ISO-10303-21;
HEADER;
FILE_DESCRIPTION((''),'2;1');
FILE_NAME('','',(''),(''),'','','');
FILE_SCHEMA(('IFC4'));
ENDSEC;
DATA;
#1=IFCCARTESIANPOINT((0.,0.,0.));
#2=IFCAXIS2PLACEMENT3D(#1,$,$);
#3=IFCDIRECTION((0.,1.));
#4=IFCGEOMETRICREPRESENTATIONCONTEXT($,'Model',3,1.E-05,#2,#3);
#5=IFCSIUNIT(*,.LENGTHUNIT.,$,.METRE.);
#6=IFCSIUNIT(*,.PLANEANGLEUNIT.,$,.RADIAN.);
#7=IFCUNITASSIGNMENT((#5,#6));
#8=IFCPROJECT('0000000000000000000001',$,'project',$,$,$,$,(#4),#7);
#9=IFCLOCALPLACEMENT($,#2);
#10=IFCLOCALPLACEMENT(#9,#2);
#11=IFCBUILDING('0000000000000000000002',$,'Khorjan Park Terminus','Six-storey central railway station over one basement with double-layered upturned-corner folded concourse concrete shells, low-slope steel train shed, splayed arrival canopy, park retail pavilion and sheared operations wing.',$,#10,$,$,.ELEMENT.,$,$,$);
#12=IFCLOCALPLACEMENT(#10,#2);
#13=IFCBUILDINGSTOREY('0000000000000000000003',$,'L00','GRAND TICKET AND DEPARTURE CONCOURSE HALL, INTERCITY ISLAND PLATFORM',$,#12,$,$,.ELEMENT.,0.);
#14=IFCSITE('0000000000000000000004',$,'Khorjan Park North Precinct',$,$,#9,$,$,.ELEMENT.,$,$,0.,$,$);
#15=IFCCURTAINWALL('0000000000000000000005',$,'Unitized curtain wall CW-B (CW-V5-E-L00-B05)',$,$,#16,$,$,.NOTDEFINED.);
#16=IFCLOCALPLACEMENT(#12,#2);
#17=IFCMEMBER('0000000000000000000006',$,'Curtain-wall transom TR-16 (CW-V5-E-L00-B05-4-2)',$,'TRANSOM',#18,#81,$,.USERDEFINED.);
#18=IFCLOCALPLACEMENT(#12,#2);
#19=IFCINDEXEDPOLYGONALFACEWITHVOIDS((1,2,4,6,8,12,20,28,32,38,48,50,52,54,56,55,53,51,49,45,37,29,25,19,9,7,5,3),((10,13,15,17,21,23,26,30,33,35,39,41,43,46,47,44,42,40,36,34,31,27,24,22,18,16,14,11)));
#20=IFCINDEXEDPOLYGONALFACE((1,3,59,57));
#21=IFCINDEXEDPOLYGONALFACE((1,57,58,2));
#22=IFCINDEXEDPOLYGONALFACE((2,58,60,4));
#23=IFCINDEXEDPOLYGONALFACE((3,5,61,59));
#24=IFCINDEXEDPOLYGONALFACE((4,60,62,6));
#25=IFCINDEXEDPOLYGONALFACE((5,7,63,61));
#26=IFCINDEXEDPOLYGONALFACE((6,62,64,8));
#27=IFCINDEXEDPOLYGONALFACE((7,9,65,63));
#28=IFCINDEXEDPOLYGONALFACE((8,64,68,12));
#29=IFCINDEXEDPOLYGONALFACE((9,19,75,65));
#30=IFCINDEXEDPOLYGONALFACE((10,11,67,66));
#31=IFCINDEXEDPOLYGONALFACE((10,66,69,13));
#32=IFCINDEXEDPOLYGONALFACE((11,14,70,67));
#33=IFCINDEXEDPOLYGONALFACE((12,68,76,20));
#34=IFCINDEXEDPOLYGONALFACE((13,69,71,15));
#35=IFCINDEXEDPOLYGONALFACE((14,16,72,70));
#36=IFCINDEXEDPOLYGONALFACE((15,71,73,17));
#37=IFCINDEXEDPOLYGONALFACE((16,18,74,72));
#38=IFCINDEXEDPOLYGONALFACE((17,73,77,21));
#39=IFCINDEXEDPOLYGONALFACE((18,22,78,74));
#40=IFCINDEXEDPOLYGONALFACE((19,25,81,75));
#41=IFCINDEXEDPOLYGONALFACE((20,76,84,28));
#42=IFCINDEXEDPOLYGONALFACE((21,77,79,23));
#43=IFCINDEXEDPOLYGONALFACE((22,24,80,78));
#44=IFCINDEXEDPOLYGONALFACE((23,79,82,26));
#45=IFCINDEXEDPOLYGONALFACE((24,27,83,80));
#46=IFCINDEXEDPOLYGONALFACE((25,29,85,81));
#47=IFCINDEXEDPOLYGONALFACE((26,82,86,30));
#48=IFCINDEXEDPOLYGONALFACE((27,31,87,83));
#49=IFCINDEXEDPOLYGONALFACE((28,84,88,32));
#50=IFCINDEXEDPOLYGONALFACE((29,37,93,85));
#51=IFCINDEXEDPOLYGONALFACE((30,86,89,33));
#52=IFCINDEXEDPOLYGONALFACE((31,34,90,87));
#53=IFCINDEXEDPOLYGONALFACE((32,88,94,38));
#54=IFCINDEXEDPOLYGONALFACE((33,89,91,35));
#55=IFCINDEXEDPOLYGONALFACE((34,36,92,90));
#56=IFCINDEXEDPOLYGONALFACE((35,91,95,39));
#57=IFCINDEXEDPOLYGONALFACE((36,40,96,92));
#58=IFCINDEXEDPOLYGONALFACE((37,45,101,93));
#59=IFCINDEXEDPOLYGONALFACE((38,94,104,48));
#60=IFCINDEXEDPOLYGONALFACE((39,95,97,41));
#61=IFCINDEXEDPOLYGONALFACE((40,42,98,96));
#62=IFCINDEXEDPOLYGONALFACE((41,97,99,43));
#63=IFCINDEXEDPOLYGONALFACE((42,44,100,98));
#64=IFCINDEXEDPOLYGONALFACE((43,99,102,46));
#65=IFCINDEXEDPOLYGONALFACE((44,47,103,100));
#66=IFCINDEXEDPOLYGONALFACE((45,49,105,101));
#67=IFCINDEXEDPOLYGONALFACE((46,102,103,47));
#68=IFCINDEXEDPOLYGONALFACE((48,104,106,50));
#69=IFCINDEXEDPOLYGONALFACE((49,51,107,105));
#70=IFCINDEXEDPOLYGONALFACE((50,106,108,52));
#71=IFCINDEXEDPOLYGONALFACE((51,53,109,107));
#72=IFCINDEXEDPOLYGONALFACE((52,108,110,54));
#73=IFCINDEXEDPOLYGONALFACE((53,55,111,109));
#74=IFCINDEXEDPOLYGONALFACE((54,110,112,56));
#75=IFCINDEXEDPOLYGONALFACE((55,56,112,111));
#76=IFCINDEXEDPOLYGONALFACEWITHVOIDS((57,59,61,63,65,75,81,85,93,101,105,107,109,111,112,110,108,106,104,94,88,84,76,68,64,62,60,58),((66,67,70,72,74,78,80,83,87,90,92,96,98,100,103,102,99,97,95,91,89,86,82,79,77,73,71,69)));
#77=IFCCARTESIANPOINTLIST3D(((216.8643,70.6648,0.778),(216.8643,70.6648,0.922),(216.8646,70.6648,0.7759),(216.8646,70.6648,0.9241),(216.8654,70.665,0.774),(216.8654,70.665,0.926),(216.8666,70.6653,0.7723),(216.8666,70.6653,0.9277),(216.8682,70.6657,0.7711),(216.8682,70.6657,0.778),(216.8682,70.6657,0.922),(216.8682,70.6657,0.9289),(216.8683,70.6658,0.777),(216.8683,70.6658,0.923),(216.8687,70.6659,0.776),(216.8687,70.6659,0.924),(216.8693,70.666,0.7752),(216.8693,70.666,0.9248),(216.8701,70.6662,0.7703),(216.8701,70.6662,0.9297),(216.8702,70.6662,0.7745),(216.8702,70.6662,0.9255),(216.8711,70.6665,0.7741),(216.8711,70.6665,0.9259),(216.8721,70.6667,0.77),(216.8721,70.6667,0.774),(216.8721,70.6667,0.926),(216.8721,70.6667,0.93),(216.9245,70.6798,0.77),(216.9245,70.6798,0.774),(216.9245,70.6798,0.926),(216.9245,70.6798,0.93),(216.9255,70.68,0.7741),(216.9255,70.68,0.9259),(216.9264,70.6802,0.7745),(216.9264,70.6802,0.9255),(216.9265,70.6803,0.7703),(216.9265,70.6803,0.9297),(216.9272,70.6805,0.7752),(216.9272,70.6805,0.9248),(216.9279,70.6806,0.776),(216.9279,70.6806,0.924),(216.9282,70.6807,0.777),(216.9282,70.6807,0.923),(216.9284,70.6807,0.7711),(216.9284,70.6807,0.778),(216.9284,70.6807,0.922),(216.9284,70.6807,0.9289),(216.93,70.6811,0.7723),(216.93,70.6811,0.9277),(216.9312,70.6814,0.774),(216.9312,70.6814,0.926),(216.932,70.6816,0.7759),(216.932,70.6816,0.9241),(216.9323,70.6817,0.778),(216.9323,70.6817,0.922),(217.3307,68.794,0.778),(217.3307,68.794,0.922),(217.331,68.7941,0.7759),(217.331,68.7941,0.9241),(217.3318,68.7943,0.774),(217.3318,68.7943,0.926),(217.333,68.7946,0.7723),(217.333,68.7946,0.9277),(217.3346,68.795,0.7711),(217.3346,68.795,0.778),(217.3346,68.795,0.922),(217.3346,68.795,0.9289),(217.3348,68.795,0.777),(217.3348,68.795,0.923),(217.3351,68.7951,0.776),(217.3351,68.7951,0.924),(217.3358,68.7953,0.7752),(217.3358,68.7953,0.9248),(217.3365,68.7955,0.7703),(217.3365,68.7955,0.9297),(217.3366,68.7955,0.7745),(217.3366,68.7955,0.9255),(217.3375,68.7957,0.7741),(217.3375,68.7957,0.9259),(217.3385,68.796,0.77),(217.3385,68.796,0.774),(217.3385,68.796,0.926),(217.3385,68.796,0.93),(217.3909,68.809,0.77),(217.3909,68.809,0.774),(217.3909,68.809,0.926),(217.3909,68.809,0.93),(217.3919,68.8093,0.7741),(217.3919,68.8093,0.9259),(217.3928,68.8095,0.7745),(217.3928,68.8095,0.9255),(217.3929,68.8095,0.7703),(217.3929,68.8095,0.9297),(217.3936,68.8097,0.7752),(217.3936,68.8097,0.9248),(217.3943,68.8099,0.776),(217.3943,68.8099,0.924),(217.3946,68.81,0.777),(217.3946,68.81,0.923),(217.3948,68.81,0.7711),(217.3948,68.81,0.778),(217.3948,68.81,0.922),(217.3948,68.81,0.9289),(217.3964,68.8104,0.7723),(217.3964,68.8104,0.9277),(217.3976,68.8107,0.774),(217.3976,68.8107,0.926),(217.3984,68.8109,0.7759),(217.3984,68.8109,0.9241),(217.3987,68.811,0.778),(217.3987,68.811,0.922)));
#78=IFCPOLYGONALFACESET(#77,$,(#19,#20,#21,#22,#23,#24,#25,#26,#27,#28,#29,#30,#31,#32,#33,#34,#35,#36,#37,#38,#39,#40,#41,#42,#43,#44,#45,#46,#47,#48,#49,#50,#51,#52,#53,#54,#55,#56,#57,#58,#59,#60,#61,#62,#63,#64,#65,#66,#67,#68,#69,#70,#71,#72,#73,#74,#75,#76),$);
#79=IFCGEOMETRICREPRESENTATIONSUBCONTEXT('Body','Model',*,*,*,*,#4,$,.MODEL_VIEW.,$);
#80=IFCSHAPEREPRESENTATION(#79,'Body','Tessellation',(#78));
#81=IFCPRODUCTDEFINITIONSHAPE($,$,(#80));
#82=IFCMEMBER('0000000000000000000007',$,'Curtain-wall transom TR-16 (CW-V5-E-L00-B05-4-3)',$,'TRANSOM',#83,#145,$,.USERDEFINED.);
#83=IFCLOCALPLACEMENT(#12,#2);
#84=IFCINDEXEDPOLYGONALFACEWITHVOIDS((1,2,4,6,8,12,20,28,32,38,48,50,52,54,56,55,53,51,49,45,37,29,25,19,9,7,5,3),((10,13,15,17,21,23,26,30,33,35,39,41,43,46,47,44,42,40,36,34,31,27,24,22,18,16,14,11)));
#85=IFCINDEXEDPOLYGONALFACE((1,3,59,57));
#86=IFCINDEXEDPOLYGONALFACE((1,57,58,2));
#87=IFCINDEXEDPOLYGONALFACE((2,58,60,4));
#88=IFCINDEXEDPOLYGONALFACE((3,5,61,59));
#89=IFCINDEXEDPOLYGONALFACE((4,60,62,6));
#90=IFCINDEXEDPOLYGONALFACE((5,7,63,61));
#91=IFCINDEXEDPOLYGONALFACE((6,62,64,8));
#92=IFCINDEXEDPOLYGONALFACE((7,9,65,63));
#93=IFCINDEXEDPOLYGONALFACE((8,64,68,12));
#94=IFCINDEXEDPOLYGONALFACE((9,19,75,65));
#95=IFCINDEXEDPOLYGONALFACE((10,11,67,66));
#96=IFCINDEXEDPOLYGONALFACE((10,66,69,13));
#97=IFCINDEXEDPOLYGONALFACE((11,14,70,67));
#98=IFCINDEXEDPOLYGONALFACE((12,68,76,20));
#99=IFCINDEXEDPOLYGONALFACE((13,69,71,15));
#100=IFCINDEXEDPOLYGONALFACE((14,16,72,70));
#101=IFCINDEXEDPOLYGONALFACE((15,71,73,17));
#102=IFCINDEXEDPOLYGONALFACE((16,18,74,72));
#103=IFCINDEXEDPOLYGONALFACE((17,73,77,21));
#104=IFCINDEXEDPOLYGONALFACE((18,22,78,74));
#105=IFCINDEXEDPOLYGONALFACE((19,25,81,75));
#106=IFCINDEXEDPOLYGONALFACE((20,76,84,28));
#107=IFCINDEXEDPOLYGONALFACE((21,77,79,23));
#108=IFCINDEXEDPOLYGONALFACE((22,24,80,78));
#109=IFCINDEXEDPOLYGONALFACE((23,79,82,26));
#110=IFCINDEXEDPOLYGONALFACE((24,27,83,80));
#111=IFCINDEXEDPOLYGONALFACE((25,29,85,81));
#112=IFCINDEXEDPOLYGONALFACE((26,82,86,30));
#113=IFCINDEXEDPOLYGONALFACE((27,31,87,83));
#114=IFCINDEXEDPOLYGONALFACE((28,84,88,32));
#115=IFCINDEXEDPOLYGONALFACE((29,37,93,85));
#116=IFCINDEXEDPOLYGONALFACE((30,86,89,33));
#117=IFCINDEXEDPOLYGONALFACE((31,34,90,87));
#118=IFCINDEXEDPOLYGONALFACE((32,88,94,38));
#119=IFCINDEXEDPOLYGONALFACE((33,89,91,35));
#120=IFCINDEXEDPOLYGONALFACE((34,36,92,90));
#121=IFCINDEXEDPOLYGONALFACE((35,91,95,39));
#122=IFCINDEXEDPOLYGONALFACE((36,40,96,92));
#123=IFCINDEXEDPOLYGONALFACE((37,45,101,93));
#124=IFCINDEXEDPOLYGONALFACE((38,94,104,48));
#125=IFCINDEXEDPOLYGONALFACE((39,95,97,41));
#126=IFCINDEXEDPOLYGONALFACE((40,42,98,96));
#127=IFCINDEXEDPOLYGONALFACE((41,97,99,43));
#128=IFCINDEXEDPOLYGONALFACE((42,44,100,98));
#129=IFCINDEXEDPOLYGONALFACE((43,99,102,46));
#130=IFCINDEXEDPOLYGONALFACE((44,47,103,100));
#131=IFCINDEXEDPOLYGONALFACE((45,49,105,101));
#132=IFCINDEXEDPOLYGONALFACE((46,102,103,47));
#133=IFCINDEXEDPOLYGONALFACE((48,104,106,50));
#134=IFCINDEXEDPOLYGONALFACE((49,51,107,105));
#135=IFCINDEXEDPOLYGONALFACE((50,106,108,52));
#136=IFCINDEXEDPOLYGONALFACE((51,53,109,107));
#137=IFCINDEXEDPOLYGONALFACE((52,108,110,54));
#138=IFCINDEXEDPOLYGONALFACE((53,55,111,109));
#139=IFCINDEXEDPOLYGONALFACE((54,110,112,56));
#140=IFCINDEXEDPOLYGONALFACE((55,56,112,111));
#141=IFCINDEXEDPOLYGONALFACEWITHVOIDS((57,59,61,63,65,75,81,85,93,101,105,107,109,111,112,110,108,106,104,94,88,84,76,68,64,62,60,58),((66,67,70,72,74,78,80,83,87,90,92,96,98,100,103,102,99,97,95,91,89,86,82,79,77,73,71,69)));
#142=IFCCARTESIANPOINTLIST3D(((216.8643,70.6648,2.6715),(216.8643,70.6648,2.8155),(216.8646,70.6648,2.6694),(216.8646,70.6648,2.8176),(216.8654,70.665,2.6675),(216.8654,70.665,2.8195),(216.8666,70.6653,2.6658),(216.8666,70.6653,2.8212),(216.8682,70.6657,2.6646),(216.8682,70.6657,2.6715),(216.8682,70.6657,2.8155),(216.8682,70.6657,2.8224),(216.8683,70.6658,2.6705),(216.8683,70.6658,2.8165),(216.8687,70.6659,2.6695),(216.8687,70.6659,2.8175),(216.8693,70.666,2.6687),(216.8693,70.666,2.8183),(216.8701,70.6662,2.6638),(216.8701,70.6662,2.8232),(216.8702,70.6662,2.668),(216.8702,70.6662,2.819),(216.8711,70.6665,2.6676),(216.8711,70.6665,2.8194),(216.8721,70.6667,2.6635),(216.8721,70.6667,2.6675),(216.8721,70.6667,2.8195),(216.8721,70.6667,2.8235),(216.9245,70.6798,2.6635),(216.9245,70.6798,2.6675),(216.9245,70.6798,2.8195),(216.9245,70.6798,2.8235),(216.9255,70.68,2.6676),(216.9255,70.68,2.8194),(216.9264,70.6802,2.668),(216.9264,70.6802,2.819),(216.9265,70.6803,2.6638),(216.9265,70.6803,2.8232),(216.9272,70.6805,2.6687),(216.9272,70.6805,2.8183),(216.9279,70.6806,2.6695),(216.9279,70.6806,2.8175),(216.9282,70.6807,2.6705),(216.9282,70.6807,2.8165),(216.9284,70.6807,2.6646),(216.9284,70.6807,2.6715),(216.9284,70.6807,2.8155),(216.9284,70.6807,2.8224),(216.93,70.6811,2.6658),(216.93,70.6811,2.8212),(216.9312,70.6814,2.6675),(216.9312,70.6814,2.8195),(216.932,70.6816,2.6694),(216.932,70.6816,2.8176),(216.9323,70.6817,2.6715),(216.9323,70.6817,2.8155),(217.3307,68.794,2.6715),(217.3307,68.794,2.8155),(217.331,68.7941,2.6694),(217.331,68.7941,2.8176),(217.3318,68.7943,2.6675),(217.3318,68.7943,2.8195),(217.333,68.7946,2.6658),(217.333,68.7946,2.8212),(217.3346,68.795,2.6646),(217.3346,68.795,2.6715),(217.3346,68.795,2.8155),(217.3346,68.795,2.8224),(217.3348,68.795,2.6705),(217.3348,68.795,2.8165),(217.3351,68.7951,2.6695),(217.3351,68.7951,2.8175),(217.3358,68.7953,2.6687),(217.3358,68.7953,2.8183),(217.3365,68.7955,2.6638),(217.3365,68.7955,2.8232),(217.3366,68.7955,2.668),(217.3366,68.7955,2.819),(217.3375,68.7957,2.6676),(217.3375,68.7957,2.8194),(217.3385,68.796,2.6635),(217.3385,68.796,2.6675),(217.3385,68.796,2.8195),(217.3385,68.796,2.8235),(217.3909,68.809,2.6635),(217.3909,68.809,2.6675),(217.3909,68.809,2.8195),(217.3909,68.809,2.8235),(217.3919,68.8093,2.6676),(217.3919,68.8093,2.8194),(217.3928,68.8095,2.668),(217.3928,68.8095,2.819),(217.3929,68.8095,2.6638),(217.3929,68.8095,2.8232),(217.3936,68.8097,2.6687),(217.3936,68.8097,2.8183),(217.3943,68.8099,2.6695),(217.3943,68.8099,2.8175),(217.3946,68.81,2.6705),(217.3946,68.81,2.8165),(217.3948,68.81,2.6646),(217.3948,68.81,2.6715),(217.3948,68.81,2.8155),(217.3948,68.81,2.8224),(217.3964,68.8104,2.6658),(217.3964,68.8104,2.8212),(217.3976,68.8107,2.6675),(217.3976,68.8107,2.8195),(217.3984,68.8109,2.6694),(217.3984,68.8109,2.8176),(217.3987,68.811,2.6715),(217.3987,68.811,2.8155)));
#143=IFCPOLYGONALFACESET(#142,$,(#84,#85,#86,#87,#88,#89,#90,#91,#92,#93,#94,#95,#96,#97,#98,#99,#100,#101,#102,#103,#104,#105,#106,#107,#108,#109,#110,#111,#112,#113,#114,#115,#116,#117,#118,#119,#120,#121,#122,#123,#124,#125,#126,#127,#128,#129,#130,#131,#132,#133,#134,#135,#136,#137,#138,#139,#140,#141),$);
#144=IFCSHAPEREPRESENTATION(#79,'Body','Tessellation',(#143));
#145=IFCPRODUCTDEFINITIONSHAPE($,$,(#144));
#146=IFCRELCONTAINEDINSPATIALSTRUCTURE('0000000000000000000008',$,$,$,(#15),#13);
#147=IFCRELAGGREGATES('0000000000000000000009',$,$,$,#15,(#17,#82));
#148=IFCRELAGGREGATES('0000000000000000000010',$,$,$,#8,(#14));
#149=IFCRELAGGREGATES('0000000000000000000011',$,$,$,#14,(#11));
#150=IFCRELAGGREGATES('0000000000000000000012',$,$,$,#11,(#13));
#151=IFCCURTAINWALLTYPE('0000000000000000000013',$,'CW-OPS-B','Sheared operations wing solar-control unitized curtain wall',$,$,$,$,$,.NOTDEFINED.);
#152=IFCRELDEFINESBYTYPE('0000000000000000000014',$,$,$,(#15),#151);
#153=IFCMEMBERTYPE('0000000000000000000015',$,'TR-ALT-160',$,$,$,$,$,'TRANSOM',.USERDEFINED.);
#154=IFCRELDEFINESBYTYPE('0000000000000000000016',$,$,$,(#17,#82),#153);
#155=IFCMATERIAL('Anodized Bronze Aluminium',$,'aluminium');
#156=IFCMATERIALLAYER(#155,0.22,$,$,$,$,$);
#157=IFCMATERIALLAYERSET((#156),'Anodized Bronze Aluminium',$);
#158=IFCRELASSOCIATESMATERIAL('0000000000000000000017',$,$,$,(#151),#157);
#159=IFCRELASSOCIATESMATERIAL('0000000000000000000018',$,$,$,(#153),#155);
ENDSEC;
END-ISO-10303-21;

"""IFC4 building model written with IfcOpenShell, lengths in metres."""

from ifc_helpers import new_model, si_unit, direction, frame, origin, origin_2d, place, context, subcontext, project, spatial, hollow_rectangle, extrude, material, layer, layer_set, material_profile, profile_set, type_object, element, aggregate, save


model = new_model("IFC4")

# Units and contexts
model_context = context("Model", 3, precision=1e-05, world=origin(), true_north=direction((0.0, 1.0)))
body_context = subcontext(model_context, "Body", "Model", "MODEL_VIEW")
ifc_project = project(units=[si_unit("LENGTHUNIT", "METRE"), si_unit("PLANEANGLEUNIT", "RADIAN")], contexts=[model_context])

# Site, building, storey
site_placement = place(None, origin())
site = spatial("IfcSite", under=ifc_project, at=site_placement, Name="Khorjan Park North Precinct", CompositionType="ELEMENT", RefElevation=0.0)
building_placement = place(site_placement, origin())
building = spatial("IfcBuilding", under=site, at=building_placement, Name="Khorjan Park Terminus", Description="Six-storey central railway station over one basement with double-layered upturned-corner folded concourse concrete shells, low-slope steel train shed, splayed arrival canopy, park retail pavilion and sheared operations wing.", CompositionType="ELEMENT")
storey_placement = place(building_placement, origin())
storey = spatial("IfcBuildingStorey", under=building, at=storey_placement, Name="L00", Description="GRAND TICKET AND DEPARTURE CONCOURSE HALL, INTERCITY ISLAND PLATFORM", CompositionType="ELEMENT", Elevation=0.0)

# Curtain wall, members
ifc_material_1 = material(Name="Anodized Bronze Aluminium", Category="aluminium")
ifc_layer_1 = layer(ifc_material_1, 0.22)
ifc_layer_set_1 = layer_set([ifc_layer_1], Name="Anodized Bronze Aluminium")
curtain_wall_type = type_object("IfcCurtainWallType", Name="CW-OPS-B", Description="Sheared operations wing solar-control unitized curtain wall", PredefinedType="NOTDEFINED", material=ifc_layer_set_1)
curtain_wall_placement = place(storey_placement, origin())
curtain_wall = element("IfcCurtainWall", 1, at=curtain_wall_placement, inside=storey, type_object=curtain_wall_type, Name="Unitized curtain wall CW-B (CW-V5-E-L00-B05)", PredefinedType="NOTDEFINED")
ifc_material_profile_1 = material_profile(ifc_material_1, hollow_rectangle(XDim=0.07, YDim=0.16, WallThickness=0.004, InnerFilletRadius=0.004, OuterFilletRadius=0.008, at=origin_2d()), Name="ALT 70x160x4")
ifc_profile_set_1 = profile_set([ifc_material_profile_1], Name="Anodized Bronze Aluminium")
member_type_1 = type_object("IfcMemberType", Name="TR-ALT-160", ElementType="TRANSOM", PredefinedType="USERDEFINED", material=ifc_profile_set_1)
member_1_placement = place(storey_placement, frame((217.3647, 68.8025, 0.85), z_axis=(-0.241913, 0.970298, 0.0), x_axis=(-0.970298, -0.241913, 0.0)))
member_1 = element("IfcMember", 2, at=member_1_placement, type_object=member_type_1, Name="Curtain-wall transom TR-16 (CW-V5-E-L00-B05-4-2)", ObjectType="TRANSOM", PredefinedType="USERDEFINED", context=body_context, shape_type="SweptSolid", body=[
    extrude(hollow_rectangle(XDim=0.07, YDim=0.16, WallThickness=0.004, InnerFilletRadius=0.004, OuterFilletRadius=0.008, at=origin_2d()), origin(), (0.0, 0.0, 1.0), 1.928),
])
member_2_placement = place(storey_placement, frame((217.3647, 68.8025, 2.7435), z_axis=(-0.241913, 0.970298, 0.0), x_axis=(-0.970298, -0.241913, 0.0)))
member_2 = element("IfcMember", 3, at=member_2_placement, type_object=member_type_1, Name="Curtain-wall transom TR-16 (CW-V5-E-L00-B05-4-3)", ObjectType="TRANSOM", PredefinedType="USERDEFINED", context=body_context, shape_type="SweptSolid", body=[
    extrude(hollow_rectangle(XDim=0.07, YDim=0.16, WallThickness=0.004, InnerFilletRadius=0.004, OuterFilletRadius=0.008, at=origin_2d()), origin(), (0.0, 0.0, 1.0), 1.928),
])
aggregate(curtain_wall, [member_1, member_2])

save(model, "model.ifc")
